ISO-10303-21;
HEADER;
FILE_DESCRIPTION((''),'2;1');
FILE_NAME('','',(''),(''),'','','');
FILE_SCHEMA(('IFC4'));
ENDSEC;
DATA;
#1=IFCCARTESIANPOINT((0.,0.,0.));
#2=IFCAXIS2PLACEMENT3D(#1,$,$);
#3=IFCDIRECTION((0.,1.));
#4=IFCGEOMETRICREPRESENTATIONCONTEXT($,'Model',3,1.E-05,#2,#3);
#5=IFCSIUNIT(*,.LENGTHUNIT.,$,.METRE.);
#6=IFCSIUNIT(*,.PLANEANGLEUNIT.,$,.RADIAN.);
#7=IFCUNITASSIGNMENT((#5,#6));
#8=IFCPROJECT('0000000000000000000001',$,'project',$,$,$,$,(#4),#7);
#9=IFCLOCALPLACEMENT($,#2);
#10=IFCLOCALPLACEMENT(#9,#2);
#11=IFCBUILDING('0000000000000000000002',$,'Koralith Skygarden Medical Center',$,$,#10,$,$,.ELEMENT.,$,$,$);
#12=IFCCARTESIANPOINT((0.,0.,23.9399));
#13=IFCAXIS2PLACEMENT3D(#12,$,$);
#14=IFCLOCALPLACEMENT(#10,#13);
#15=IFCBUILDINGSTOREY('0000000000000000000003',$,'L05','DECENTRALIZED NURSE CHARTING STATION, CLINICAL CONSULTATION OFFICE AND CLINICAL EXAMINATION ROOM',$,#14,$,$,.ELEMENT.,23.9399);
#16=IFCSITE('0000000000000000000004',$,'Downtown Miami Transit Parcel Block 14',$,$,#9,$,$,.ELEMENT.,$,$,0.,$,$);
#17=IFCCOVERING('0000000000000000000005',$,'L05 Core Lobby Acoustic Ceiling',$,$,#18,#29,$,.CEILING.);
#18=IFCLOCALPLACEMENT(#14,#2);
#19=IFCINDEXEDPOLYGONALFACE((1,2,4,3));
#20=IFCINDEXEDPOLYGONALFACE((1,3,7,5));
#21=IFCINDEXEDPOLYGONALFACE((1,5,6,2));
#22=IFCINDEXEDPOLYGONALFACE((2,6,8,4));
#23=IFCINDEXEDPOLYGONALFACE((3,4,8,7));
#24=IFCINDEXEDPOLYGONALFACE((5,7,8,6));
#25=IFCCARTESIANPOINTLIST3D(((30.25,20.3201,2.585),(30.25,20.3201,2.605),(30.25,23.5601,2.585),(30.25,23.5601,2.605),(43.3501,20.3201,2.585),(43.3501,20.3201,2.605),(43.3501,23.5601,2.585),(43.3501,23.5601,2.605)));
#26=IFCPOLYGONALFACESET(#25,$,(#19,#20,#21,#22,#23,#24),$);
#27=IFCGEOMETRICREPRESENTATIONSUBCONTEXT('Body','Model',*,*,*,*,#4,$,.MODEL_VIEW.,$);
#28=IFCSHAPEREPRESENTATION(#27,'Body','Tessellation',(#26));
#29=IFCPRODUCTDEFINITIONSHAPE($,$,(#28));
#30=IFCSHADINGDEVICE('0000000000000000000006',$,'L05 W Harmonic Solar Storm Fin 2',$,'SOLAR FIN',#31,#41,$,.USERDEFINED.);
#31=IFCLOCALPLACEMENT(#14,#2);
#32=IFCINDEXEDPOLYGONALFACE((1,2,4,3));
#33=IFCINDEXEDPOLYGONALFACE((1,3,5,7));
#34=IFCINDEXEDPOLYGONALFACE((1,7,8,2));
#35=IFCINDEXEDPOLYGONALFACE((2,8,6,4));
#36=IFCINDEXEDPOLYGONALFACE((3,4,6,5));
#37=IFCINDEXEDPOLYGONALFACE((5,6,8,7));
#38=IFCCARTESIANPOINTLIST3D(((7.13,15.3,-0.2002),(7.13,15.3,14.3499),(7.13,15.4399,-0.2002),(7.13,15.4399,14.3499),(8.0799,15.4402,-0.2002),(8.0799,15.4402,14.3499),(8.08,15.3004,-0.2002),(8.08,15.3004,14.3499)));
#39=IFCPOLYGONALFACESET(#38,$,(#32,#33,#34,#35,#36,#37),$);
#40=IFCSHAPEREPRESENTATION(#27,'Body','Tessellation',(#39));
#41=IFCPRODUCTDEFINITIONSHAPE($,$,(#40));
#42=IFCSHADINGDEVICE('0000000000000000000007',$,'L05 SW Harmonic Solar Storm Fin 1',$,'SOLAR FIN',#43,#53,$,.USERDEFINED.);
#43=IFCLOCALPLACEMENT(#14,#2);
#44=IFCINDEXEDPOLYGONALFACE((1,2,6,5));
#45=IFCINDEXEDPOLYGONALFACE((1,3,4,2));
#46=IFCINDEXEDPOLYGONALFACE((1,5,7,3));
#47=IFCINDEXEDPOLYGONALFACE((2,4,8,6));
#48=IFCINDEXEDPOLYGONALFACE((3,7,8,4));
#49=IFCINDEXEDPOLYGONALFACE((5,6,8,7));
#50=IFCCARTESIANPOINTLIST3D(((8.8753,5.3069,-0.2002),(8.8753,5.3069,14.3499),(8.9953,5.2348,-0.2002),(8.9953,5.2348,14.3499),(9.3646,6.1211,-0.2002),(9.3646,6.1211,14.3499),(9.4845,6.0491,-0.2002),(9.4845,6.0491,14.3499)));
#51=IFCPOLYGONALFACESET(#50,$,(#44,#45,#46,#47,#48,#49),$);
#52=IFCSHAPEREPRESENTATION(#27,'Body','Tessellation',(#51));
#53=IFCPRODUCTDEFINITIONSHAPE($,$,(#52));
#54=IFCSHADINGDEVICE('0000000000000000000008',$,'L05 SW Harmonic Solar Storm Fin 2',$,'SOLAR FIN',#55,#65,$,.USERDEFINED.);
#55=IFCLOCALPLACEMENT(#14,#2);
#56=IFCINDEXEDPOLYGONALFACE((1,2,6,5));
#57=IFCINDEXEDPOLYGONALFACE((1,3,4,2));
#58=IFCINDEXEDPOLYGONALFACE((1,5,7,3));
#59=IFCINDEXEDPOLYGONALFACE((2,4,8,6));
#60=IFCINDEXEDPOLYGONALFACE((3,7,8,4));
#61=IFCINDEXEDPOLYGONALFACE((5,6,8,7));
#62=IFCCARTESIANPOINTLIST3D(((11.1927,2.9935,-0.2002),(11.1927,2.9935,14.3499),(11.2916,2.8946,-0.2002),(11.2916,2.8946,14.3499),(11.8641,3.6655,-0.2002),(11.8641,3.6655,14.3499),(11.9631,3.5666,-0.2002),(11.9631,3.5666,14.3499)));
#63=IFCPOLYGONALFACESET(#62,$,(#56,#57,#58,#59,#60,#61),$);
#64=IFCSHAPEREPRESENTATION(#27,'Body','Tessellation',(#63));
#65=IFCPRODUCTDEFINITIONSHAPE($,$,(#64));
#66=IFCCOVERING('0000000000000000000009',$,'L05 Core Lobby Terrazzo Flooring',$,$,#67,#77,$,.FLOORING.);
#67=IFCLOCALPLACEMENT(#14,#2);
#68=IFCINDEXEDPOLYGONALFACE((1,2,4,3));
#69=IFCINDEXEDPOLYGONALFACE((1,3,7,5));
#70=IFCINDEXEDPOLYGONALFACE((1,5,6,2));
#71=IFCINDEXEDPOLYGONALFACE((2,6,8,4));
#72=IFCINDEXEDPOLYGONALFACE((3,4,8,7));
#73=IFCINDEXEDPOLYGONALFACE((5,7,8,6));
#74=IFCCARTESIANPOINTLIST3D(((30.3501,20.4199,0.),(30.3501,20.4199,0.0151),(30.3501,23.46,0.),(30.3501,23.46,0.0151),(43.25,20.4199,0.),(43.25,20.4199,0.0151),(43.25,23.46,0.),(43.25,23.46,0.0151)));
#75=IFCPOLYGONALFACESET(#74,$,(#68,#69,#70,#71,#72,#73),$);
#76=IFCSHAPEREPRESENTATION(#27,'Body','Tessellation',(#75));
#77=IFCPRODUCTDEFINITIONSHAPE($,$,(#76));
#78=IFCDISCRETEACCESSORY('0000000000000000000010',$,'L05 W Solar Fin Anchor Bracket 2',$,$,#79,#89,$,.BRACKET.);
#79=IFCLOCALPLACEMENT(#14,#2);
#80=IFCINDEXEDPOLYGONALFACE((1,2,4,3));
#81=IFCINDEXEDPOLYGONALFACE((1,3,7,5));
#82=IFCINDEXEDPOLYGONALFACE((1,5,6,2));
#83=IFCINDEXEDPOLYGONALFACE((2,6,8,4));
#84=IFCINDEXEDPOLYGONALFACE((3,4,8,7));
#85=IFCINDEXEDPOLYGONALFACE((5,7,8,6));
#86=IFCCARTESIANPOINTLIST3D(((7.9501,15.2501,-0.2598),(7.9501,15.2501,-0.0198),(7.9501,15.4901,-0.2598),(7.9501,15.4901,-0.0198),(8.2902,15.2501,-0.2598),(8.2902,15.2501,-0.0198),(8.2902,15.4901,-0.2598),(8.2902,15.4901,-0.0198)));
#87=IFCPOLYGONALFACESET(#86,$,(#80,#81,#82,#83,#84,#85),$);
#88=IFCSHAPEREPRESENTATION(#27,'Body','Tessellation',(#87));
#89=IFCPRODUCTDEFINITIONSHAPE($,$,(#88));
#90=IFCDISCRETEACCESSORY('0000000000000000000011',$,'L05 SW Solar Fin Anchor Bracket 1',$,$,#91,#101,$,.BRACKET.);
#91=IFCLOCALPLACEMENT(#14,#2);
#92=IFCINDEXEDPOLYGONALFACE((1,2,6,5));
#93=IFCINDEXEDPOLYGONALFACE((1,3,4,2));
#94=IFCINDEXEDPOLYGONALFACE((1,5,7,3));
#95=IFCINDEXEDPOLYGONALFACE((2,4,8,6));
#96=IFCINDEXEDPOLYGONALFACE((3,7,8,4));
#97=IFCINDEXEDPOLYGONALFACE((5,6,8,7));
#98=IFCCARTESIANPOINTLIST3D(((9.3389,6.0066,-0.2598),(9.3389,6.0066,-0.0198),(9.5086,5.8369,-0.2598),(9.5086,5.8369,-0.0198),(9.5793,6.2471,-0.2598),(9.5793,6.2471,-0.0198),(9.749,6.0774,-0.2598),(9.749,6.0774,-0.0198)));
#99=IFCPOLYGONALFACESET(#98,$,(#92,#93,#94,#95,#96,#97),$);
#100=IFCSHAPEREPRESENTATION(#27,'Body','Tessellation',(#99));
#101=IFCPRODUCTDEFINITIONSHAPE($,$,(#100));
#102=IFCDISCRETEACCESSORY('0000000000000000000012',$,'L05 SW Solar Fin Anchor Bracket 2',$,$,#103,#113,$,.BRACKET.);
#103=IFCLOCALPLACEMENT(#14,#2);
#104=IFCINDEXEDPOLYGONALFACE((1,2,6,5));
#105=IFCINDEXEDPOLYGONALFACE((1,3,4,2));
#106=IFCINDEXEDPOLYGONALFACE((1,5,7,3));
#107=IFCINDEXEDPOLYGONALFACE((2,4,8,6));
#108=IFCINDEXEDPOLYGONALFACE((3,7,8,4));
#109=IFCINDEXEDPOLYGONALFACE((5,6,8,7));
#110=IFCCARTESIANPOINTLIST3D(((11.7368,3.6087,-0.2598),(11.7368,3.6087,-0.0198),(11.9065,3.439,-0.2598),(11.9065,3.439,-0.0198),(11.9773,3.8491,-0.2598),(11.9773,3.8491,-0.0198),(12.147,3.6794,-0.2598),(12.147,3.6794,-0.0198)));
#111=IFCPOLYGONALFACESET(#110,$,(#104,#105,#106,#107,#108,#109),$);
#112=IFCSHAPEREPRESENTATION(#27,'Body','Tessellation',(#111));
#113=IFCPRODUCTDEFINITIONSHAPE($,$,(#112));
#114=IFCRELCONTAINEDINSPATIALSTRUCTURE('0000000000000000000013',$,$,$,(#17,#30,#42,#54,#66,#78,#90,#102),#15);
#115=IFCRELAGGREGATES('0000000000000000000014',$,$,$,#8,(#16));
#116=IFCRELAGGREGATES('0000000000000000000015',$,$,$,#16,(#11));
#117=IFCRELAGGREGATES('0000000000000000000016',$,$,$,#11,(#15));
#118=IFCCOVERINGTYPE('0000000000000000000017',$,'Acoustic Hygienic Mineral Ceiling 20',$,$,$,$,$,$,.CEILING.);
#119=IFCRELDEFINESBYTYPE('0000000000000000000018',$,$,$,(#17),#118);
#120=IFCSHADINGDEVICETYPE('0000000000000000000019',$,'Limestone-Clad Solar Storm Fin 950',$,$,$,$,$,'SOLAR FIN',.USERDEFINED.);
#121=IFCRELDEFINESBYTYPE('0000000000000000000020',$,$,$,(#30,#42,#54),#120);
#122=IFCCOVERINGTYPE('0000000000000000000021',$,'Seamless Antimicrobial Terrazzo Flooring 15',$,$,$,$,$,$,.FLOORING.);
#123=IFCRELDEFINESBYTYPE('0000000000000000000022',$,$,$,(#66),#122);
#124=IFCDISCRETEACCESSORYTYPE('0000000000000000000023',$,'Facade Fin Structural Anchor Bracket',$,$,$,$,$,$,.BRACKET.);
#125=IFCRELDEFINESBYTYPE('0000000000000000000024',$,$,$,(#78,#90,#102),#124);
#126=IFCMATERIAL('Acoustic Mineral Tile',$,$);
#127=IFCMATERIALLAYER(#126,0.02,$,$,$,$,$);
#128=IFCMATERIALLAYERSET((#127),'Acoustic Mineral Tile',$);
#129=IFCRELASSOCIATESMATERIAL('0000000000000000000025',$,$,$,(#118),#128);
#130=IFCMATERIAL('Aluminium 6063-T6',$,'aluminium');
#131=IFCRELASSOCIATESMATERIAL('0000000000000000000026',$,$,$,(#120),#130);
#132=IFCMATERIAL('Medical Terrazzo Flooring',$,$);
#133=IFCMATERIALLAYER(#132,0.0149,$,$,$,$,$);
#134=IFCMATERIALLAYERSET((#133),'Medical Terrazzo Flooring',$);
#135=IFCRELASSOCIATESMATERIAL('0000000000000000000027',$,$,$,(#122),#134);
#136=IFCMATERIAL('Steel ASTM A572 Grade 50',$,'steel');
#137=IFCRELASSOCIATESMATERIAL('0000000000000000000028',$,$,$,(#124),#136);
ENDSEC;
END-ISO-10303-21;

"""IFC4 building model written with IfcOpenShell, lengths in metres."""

from ifc_helpers import new_model, si_unit, direction, frame, origin, origin_2d, place, context, subcontext, project, spatial, polyline, rectangle, outline, extrude, material, layer, layer_set, type_object, element, save


model = new_model("IFC4")

# Units and contexts
model_context = context("Model", 3, precision=1e-05, world=origin(), true_north=direction((0.0, 1.0)))
body_context = subcontext(model_context, "Body", "Model", "MODEL_VIEW")
ifc_project = project(units=[si_unit("LENGTHUNIT", "METRE"), si_unit("PLANEANGLEUNIT", "RADIAN")], contexts=[model_context])

# Site, building, storey
site_placement = place(None, origin())
site = spatial("IfcSite", under=ifc_project, at=site_placement, Name="Downtown Miami Transit Parcel Block 14", CompositionType="ELEMENT", RefElevation=0.0)
building_placement = place(site_placement, origin())
building = spatial("IfcBuilding", under=site, at=building_placement, Name="Koralith Skygarden Medical Center", CompositionType="ELEMENT")
storey_placement = place(building_placement, frame((0.0, 0.0, 23.9399)))
storey = spatial("IfcBuildingStorey", under=building, at=storey_placement, Name="L05", Description="DECENTRALIZED NURSE CHARTING STATION, CLINICAL CONSULTATION OFFICE AND CLINICAL EXAMINATION ROOM", CompositionType="ELEMENT", Elevation=23.9399)

# Shared definitions
ifc_material_1 = material(Name="Aluminium 6063-T6", Category="aluminium")

# Covering
ifc_material_2 = material(Name="Acoustic Mineral Tile")
ifc_layer_1 = layer(ifc_material_2, 0.02)
ifc_layer_set_1 = layer_set([ifc_layer_1], Name="Acoustic Mineral Tile")
covering_type_1 = type_object("IfcCoveringType", Name="Acoustic Hygienic Mineral Ceiling 20", PredefinedType="CEILING", material=ifc_layer_set_1)
covering_1_placement = place(storey_placement, frame((0.0, 0.0, 2.585)))
element("IfcCovering", 1, at=covering_1_placement, inside=storey, type_object=covering_type_1, Name="L05 Core Lobby Acoustic Ceiling", PredefinedType="CEILING", context=body_context, shape_type="SweptSolid", body=[
    extrude(outline(polyline([(30.25, 20.3201), (43.3501, 20.3201), (43.3501, 23.5601), (30.25, 23.5601), (30.25, 20.3201)])), origin(), (0.0, 0.0, 1.0), 0.02),
])

# Shading devices
shading_device_type = type_object("IfcShadingDeviceType", Name="Limestone-Clad Solar Storm Fin 950", ElementType="SOLAR FIN", PredefinedType="USERDEFINED", material=ifc_material_1)
for number, where, z_axis, x_axis, name in (
    (2, (7.605, 15.3701, -0.2002), (0.0, 0.0, 1.0), (-1.0, -0.000384, 0.0), "L05 W Harmonic Solar Storm Fin 2"),
    (3, (9.1799, 5.678, -0.2002), (0.0, 0.0, 1.0), (-0.515038, -0.857167, 0.0), "L05 SW Harmonic Solar Storm Fin 1"),
    (4, (11.5779, 3.28, -0.2002), (0.0, 0.0, 1.0), (-0.706835, -0.707378, 0.0), "L05 SW Harmonic Solar Storm Fin 2"),
):
    element("IfcShadingDevice", number, at=place(storey_placement, frame(where, z_axis=z_axis, x_axis=x_axis)), inside=storey, type_object=shading_device_type, Name=name, ObjectType="SOLAR FIN", PredefinedType="USERDEFINED", context=body_context, shape_type="SweptSolid", body=[
        extrude(rectangle(XDim=0.95, YDim=0.1399, at=origin_2d()), origin(), (0.0, 0.0, 1.0), 14.55),
    ])

# Covering
ifc_material_3 = material(Name="Medical Terrazzo Flooring")
ifc_layer_2 = layer(ifc_material_3, 0.0149)
ifc_layer_set_2 = layer_set([ifc_layer_2], Name="Medical Terrazzo Flooring")
covering_type_2 = type_object("IfcCoveringType", Name="Seamless Antimicrobial Terrazzo Flooring 15", PredefinedType="FLOORING", material=ifc_layer_set_2)
covering_2_placement = place(storey_placement, origin())
element("IfcCovering", 5, at=covering_2_placement, inside=storey, type_object=covering_type_2, Name="L05 Core Lobby Terrazzo Flooring", PredefinedType="FLOORING", context=body_context, shape_type="SweptSolid", body=[
    extrude(outline(polyline([(30.3501, 20.4199), (43.25, 20.4199), (43.25, 23.46), (30.3501, 23.46), (30.3501, 20.4199)])), origin(), (0.0, 0.0, 1.0), 0.0151),
])

# Discrete accessories
ifc_material_4 = material(Name="Steel ASTM A572 Grade 50", Category="steel")
discrete_accessory_type = type_object("IfcDiscreteAccessoryType", Name="Facade Fin Structural Anchor Bracket", PredefinedType="BRACKET", material=ifc_material_4)
for number, where, z_axis, x_axis, name in (
    (6, (8.1201, 15.3701, -0.2598), (0.0, 0.0, 1.0), (-1.0, 0.0, 0.0), "L05 W Solar Fin Anchor Bracket 2"),
    (7, (9.5439, 6.042, -0.2598), (0.0, 0.0, 1.0), (-0.707107, -0.707107, 0.0), "L05 SW Solar Fin Anchor Bracket 1"),
    (8, (11.9419, 3.644, -0.2598), (0.0, 0.0, 1.0), (-0.707107, -0.707107, 0.0), "L05 SW Solar Fin Anchor Bracket 2"),
):
    element("IfcDiscreteAccessory", number, at=place(storey_placement, frame(where, z_axis=z_axis, x_axis=x_axis)), inside=storey, type_object=discrete_accessory_type, Name=name, PredefinedType="BRACKET", context=body_context, shape_type="SweptSolid", body=[
        extrude(rectangle(XDim=0.3401, YDim=0.24, at=origin_2d()), origin(), (0.0, 0.0, 1.0), 0.24),
    ])

save(model, "model.ifc")
